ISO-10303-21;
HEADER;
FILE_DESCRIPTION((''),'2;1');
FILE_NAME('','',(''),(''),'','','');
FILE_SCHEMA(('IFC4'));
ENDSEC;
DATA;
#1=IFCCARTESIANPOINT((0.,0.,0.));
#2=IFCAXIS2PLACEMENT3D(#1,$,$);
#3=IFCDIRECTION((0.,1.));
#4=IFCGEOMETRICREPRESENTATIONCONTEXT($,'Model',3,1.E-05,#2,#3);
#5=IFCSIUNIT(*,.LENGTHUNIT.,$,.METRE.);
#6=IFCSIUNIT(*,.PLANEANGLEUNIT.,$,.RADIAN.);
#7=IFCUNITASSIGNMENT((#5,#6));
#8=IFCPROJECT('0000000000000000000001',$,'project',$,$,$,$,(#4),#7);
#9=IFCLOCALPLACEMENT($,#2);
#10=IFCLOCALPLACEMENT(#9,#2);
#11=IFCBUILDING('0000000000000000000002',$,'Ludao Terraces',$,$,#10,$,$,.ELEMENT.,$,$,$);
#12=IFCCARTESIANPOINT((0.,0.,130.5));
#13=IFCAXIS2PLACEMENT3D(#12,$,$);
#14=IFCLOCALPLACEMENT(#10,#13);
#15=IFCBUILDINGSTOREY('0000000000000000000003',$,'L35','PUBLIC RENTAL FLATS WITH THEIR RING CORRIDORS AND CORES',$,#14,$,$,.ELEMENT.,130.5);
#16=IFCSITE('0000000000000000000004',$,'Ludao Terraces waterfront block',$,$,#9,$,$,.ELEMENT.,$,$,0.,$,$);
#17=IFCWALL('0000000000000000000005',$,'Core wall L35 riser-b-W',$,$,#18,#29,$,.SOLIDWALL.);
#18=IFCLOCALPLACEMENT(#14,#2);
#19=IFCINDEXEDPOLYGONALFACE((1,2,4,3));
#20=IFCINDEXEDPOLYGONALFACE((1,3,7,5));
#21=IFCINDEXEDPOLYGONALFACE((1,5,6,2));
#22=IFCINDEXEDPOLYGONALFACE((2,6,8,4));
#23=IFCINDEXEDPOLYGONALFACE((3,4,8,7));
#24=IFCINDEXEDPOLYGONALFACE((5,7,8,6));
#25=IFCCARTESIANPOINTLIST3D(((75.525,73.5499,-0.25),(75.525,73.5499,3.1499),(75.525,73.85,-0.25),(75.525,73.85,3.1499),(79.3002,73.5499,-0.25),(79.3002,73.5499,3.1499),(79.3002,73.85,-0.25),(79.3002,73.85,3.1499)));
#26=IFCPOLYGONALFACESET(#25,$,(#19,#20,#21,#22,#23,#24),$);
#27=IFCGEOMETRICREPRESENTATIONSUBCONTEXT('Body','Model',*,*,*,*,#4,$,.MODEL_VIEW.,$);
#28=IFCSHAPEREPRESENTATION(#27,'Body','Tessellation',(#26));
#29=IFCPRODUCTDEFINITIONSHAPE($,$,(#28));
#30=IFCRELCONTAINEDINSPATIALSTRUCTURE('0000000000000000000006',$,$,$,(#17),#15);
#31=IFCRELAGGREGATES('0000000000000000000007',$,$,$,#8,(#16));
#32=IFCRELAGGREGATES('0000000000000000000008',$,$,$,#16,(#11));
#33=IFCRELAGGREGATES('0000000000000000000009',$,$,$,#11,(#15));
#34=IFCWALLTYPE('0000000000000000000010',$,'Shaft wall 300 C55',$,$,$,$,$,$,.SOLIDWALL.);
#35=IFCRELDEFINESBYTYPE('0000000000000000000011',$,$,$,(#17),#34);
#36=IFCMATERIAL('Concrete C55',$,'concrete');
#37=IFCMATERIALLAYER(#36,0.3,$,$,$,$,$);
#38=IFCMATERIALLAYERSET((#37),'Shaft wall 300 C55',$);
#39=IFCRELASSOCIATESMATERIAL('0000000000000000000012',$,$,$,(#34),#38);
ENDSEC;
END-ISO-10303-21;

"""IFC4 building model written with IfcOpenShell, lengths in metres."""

from ifc_helpers import new_model, si_unit, direction, frame, frame_2d, origin, place, context, subcontext, project, spatial, rectangle, extrude, material, layer, layer_set, type_object, element, save


model = new_model("IFC4")

# Units and contexts
model_context = context("Model", 3, precision=1e-05, world=origin(), true_north=direction((0.0, 1.0)))
body_context = subcontext(model_context, "Body", "Model", "MODEL_VIEW")
ifc_project = project(units=[si_unit("LENGTHUNIT", "METRE"), si_unit("PLANEANGLEUNIT", "RADIAN")], contexts=[model_context])

# Site, building, storey
site_placement = place(None, origin())
site = spatial("IfcSite", under=ifc_project, at=site_placement, Name="Ludao Terraces waterfront block", CompositionType="ELEMENT", RefElevation=0.0)
building_placement = place(site_placement, origin())
building = spatial("IfcBuilding", under=site, at=building_placement, Name="Ludao Terraces", CompositionType="ELEMENT")
storey_placement = place(building_placement, frame((0.0, 0.0, 130.5)))
storey = spatial("IfcBuildingStorey", under=building, at=storey_placement, Name="L35", Description="PUBLIC RENTAL FLATS WITH THEIR RING CORRIDORS AND CORES", CompositionType="ELEMENT", Elevation=130.5)

# Shared definitions
ifc_material_1 = material(Name="Concrete C55", Category="concrete")
ifc_layer_1 = layer(ifc_material_1, 0.3)
ifc_layer_set_1 = layer_set([ifc_layer_1], Name="Shaft wall 300 C55")
wall_type_1 = type_object("IfcWallType", Name="Shaft wall 300 C55", PredefinedType="SOLIDWALL", material=ifc_layer_set_1)

# Wall
wall_1_placement = place(storey_placement, frame((75.5249, 73.7, -0.25), z_axis=(0.0, 0.0, 1.0), x_axis=(1.0, 0.0, 0.0)))
element("IfcWall", 1, at=wall_1_placement, inside=storey, type_object=wall_type_1, Name="Core wall L35 riser-b-W", PredefinedType="SOLIDWALL", context=body_context, shape_type="SweptSolid", body=[
    extrude(rectangle(XDim=3.7751, YDim=0.3, at=frame_2d((1.8877, 0.0))), origin(), (0.0, 0.0, 1.0), 3.3999),
])

save(model, "model.ifc")
